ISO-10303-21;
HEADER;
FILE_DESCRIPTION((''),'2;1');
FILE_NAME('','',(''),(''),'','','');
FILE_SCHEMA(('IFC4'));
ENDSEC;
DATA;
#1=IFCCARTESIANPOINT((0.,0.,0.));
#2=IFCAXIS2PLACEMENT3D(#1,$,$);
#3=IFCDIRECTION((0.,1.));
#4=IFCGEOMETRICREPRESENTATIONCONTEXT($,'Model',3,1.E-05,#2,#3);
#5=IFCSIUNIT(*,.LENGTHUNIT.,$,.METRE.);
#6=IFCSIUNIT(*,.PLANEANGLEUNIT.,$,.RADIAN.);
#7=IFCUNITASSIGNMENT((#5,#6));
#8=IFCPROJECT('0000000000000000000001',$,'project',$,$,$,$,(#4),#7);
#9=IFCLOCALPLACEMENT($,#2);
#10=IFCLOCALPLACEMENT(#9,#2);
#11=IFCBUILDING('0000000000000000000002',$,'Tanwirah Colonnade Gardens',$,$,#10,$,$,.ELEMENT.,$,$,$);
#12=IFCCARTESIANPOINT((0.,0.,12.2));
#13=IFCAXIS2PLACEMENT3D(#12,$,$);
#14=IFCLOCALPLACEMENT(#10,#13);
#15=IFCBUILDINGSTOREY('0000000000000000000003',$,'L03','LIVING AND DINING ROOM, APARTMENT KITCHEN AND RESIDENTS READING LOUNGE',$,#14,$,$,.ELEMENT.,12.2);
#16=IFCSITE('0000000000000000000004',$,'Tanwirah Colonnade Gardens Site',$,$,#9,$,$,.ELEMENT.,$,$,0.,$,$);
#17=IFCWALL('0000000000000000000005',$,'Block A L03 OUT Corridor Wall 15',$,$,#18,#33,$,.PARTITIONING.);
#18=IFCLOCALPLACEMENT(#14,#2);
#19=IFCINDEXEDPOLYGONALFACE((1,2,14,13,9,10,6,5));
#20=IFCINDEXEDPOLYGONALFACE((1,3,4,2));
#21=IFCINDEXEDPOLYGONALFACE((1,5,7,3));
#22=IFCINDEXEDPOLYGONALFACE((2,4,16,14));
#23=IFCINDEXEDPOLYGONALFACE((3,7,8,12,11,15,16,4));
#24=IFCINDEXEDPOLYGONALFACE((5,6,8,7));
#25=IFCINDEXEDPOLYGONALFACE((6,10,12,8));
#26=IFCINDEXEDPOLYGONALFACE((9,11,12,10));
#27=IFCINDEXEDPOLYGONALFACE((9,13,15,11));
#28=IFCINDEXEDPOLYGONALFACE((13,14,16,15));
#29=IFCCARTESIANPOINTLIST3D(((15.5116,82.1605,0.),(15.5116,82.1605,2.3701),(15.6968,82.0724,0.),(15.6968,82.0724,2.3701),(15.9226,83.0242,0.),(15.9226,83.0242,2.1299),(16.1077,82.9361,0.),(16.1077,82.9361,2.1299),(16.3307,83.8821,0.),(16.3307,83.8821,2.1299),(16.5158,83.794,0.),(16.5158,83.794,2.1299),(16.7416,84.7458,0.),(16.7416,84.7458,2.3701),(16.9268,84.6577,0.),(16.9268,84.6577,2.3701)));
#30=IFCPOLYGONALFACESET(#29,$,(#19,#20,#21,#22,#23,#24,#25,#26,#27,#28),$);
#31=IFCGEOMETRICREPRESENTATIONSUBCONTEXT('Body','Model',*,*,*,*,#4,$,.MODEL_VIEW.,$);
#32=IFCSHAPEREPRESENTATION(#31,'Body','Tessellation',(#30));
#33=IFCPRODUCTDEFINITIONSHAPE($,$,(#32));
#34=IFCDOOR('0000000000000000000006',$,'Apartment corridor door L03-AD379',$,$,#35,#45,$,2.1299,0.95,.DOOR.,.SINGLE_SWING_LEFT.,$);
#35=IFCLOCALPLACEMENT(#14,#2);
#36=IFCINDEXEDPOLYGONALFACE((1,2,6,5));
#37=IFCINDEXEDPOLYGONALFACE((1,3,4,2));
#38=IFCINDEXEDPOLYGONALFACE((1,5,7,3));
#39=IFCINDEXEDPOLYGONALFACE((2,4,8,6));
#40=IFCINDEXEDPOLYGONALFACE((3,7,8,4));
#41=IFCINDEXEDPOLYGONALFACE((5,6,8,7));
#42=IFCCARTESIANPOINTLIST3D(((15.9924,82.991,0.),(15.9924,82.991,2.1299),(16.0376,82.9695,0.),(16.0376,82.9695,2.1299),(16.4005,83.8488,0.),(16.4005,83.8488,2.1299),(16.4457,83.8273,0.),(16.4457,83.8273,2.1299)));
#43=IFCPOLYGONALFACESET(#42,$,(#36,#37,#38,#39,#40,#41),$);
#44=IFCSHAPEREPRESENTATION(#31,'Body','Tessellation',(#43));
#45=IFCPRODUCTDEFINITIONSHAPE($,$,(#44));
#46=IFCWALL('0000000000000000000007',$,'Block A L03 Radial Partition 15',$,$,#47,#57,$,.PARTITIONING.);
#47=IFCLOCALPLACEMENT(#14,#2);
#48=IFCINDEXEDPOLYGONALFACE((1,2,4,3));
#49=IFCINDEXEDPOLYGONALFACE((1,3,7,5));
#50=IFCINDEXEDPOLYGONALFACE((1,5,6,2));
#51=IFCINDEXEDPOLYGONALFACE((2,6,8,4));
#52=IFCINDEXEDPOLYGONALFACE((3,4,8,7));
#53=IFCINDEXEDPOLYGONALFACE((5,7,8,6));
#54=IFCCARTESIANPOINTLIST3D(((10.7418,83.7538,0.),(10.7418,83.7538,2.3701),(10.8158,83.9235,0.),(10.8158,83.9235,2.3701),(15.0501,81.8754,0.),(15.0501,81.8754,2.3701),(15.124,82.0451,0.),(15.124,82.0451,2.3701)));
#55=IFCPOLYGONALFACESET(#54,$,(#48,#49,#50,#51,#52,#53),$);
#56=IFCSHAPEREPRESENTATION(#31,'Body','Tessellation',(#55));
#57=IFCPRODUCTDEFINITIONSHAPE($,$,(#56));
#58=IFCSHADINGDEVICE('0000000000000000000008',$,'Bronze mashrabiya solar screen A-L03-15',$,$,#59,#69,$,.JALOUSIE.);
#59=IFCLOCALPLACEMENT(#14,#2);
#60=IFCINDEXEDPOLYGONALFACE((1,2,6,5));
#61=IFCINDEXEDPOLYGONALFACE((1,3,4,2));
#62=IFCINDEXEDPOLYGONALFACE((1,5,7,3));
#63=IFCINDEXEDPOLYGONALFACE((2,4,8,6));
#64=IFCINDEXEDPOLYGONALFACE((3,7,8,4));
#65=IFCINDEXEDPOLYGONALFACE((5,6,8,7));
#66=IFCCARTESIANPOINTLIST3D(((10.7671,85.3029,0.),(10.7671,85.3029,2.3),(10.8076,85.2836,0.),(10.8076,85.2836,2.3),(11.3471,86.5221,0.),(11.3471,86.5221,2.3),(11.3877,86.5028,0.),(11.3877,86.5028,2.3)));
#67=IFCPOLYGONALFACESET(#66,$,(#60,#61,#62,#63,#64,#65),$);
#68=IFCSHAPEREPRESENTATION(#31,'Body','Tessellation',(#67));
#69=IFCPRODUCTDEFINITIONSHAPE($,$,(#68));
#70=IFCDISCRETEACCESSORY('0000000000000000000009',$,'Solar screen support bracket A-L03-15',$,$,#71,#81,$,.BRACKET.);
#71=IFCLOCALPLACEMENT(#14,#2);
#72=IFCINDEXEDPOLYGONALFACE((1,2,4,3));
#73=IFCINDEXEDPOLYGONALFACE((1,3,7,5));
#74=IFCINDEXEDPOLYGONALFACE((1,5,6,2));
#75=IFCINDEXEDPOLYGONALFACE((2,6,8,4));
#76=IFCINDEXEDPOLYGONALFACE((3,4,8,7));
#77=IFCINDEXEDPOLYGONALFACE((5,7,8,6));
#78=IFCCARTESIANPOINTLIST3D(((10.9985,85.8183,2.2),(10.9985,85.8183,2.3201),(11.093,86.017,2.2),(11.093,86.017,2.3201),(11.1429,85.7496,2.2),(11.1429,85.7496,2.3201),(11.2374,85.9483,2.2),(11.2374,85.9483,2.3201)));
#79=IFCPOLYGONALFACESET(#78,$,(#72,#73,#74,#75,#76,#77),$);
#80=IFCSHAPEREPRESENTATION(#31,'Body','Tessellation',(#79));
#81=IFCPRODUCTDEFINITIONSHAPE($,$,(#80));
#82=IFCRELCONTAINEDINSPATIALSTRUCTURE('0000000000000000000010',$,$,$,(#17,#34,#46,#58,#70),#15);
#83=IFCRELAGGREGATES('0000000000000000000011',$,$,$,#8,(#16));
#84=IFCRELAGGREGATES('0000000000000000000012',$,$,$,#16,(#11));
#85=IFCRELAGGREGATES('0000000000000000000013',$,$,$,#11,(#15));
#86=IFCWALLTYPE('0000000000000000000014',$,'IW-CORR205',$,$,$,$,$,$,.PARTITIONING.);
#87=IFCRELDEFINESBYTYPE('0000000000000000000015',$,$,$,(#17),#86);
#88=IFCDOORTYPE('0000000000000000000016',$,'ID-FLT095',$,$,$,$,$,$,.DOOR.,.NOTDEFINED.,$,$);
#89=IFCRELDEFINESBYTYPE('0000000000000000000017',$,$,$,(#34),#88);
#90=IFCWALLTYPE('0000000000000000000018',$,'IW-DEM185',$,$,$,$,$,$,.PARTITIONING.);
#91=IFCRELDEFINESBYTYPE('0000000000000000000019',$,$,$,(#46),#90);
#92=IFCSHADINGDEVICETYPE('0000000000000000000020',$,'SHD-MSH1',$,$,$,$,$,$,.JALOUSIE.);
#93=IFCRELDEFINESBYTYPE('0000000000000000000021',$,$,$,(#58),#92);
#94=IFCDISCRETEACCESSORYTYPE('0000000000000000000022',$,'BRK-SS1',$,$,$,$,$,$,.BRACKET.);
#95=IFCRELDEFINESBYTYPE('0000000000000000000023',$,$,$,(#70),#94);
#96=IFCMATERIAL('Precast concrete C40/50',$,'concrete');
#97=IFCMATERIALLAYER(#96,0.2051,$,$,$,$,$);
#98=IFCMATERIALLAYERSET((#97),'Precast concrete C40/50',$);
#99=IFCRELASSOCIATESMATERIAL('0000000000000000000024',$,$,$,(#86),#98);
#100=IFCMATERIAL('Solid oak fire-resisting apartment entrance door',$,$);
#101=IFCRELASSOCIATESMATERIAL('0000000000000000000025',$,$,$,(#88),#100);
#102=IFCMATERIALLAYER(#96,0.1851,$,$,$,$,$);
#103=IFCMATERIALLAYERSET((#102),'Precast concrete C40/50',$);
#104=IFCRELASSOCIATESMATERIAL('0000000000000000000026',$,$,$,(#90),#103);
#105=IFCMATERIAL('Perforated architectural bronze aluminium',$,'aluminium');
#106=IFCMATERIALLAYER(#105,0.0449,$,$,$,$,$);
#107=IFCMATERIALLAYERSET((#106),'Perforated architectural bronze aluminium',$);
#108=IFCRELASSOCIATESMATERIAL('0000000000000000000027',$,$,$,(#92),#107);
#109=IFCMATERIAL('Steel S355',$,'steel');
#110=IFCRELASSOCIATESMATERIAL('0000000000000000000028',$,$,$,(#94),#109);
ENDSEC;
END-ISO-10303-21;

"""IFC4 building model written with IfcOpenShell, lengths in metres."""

from ifc_helpers import new_model, si_unit, direction, frame, frame_2d, origin, origin_2d, place, context, subcontext, project, spatial, rectangle, extrude, material, layer, layer_set, type_object, element, fill, save


model = new_model("IFC4")

# Units and contexts
model_context = context("Model", 3, precision=1e-05, world=origin(), true_north=direction((0.0, 1.0)))
body_context = subcontext(model_context, "Body", "Model", "MODEL_VIEW")
ifc_project = project(units=[si_unit("LENGTHUNIT", "METRE"), si_unit("PLANEANGLEUNIT", "RADIAN")], contexts=[model_context])

# Site, building, storey
site_placement = place(None, origin())
site = spatial("IfcSite", under=ifc_project, at=site_placement, Name="Tanwirah Colonnade Gardens Site", CompositionType="ELEMENT", RefElevation=0.0)
building_placement = place(site_placement, origin())
building = spatial("IfcBuilding", under=site, at=building_placement, Name="Tanwirah Colonnade Gardens", CompositionType="ELEMENT")
storey_placement = place(building_placement, frame((0.0, 0.0, 12.2)))
storey = spatial("IfcBuildingStorey", under=building, at=storey_placement, Name="L03", Description="LIVING AND DINING ROOM, APARTMENT KITCHEN AND RESIDENTS READING LOUNGE", CompositionType="ELEMENT", Elevation=12.2)

# Shared definitions
ifc_material_1 = material(Name="Precast concrete C40/50", Category="concrete")

# Wall, opening, door
ifc_layer_1 = layer(ifc_material_1, 0.2051)
ifc_layer_set_1 = layer_set([ifc_layer_1], Name="Precast concrete C40/50")
wall_type_1 = type_object("IfcWallType", Name="IW-CORR205", PredefinedType="PARTITIONING", material=ifc_layer_set_1)
wall_1_placement = place(storey_placement, frame((16.8342, 84.7019, 0.0), z_axis=(0.0, 0.0, 1.0), x_axis=(-0.429596, -0.903021, 0.0)))
wall_1 = element("IfcWall", 1, at=wall_1_placement, inside=storey, type_object=wall_type_1, Name="Block A L03 OUT Corridor Wall 15", PredefinedType="PARTITIONING", context=body_context, shape_type="SweptSolid", body=[
    extrude(rectangle(XDim=2.863, YDim=0.2051, at=frame_2d((1.4316, 0.0))), origin(), (0.0, 0.0, 1.0), 2.3701),
])
opening_1_placement = place(wall_1_placement, frame((0.9565, 0.0, 0.0)))
opening_1 = element("IfcOpeningElement", 2, at=opening_1_placement, cuts=wall_1, PredefinedType="OPENING", context=body_context, shape_type="SweptSolid", body=[
    extrude(rectangle(XDim=0.95, YDim=2.1299, at=frame_2d((0.4751, 1.0649))), frame((0.0, 0.1125, 0.0), z_axis=(0.0, -1.0, 0.0), x_axis=(1.0, 0.0, 0.0)), (0.0, 0.0, 1.0), 0.2251),
])
ifc_material_2 = material(Name="Solid oak fire-resisting apartment entrance door")
door_type_1 = type_object("IfcDoorType", Name="ID-FLT095", OperationType="NOTDEFINED", PredefinedType="DOOR", material=ifc_material_2)
door_1_placement = place(opening_1_placement, origin())
door_1 = element("IfcDoor", 3, at=door_1_placement, inside=storey, type_object=door_type_1, Name="Apartment corridor door L03-AD379", OperationType="SINGLE_SWING_LEFT", OverallHeight=2.1299, OverallWidth=0.95, PredefinedType="DOOR", context=body_context, shape_type="SweptSolid", body=[
    extrude(rectangle(XDim=0.95, YDim=2.1299, at=frame_2d((0.4751, 1.0649))), frame((0.0, 0.0249, 0.0), z_axis=(0.0, -1.0, 0.0), x_axis=(1.0, 0.0, 0.0)), (0.0, 0.0, 1.0), 0.05),
])
fill(opening_1, door_1)

# Wall
ifc_layer_2 = layer(ifc_material_1, 0.1851)
ifc_layer_set_2 = layer_set([ifc_layer_2], Name="Precast concrete C40/50")
wall_type_2 = type_object("IfcWallType", Name="IW-DEM185", PredefinedType="PARTITIONING", material=ifc_layer_set_2)
wall_2_placement = place(storey_placement, frame((15.0872, 81.9602, 0.0), z_axis=(0.0, 0.0, 1.0), x_axis=(-0.916663, 0.39966, 0.0)))
element("IfcWall", 4, at=wall_2_placement, inside=storey, type_object=wall_type_2, Name="Block A L03 Radial Partition 15", PredefinedType="PARTITIONING", context=body_context, shape_type="SweptSolid", body=[
    extrude(rectangle(XDim=4.7, YDim=0.1851, at=frame_2d((2.3501, 0.0))), origin(), (0.0, 0.0, 1.0), 2.3701),
])

# Shading device
ifc_material_3 = material(Name="Perforated architectural bronze aluminium", Category="aluminium")
ifc_layer_3 = layer(ifc_material_3, 0.0449)
ifc_layer_set_3 = layer_set([ifc_layer_3], Name="Perforated architectural bronze aluminium")
shading_device_type = type_object("IfcShadingDeviceType", Name="SHD-MSH1", PredefinedType="JALOUSIE", material=ifc_layer_set_3)
shading_device_placement = place(storey_placement, frame((11.0774, 85.9028, 0.0), z_axis=(0.0, 0.0, 1.0), x_axis=(-0.429636, -0.903002, 0.0)))
element("IfcShadingDevice", 5, at=shading_device_placement, inside=storey, type_object=shading_device_type, Name="Bronze mashrabiya solar screen A-L03-15", PredefinedType="JALOUSIE", context=body_context, shape_type="SweptSolid", body=[
    extrude(rectangle(XDim=1.3501, YDim=0.0449, at=origin_2d()), origin(), (0.0, 0.0, 1.0), 2.3),
])

# Discrete accessory
ifc_material_4 = material(Name="Steel S355", Category="steel")
discrete_accessory_type = type_object("IfcDiscreteAccessoryType", Name="BRK-SS1", PredefinedType="BRACKET", material=ifc_material_4)
discrete_accessory_placement = place(storey_placement, frame((11.1179, 85.8833, 2.2), z_axis=(0.0, 0.0, 1.0), x_axis=(-0.429636, -0.903002, 0.0)))
element("IfcDiscreteAccessory", 6, at=discrete_accessory_placement, inside=storey, type_object=discrete_accessory_type, Name="Solar screen support bracket A-L03-15", PredefinedType="BRACKET", context=body_context, shape_type="SweptSolid", body=[
    extrude(rectangle(XDim=0.22, YDim=0.1599, at=origin_2d()), origin(), (0.0, 0.0, 1.0), 0.1201),
])

save(model, "model.ifc")
